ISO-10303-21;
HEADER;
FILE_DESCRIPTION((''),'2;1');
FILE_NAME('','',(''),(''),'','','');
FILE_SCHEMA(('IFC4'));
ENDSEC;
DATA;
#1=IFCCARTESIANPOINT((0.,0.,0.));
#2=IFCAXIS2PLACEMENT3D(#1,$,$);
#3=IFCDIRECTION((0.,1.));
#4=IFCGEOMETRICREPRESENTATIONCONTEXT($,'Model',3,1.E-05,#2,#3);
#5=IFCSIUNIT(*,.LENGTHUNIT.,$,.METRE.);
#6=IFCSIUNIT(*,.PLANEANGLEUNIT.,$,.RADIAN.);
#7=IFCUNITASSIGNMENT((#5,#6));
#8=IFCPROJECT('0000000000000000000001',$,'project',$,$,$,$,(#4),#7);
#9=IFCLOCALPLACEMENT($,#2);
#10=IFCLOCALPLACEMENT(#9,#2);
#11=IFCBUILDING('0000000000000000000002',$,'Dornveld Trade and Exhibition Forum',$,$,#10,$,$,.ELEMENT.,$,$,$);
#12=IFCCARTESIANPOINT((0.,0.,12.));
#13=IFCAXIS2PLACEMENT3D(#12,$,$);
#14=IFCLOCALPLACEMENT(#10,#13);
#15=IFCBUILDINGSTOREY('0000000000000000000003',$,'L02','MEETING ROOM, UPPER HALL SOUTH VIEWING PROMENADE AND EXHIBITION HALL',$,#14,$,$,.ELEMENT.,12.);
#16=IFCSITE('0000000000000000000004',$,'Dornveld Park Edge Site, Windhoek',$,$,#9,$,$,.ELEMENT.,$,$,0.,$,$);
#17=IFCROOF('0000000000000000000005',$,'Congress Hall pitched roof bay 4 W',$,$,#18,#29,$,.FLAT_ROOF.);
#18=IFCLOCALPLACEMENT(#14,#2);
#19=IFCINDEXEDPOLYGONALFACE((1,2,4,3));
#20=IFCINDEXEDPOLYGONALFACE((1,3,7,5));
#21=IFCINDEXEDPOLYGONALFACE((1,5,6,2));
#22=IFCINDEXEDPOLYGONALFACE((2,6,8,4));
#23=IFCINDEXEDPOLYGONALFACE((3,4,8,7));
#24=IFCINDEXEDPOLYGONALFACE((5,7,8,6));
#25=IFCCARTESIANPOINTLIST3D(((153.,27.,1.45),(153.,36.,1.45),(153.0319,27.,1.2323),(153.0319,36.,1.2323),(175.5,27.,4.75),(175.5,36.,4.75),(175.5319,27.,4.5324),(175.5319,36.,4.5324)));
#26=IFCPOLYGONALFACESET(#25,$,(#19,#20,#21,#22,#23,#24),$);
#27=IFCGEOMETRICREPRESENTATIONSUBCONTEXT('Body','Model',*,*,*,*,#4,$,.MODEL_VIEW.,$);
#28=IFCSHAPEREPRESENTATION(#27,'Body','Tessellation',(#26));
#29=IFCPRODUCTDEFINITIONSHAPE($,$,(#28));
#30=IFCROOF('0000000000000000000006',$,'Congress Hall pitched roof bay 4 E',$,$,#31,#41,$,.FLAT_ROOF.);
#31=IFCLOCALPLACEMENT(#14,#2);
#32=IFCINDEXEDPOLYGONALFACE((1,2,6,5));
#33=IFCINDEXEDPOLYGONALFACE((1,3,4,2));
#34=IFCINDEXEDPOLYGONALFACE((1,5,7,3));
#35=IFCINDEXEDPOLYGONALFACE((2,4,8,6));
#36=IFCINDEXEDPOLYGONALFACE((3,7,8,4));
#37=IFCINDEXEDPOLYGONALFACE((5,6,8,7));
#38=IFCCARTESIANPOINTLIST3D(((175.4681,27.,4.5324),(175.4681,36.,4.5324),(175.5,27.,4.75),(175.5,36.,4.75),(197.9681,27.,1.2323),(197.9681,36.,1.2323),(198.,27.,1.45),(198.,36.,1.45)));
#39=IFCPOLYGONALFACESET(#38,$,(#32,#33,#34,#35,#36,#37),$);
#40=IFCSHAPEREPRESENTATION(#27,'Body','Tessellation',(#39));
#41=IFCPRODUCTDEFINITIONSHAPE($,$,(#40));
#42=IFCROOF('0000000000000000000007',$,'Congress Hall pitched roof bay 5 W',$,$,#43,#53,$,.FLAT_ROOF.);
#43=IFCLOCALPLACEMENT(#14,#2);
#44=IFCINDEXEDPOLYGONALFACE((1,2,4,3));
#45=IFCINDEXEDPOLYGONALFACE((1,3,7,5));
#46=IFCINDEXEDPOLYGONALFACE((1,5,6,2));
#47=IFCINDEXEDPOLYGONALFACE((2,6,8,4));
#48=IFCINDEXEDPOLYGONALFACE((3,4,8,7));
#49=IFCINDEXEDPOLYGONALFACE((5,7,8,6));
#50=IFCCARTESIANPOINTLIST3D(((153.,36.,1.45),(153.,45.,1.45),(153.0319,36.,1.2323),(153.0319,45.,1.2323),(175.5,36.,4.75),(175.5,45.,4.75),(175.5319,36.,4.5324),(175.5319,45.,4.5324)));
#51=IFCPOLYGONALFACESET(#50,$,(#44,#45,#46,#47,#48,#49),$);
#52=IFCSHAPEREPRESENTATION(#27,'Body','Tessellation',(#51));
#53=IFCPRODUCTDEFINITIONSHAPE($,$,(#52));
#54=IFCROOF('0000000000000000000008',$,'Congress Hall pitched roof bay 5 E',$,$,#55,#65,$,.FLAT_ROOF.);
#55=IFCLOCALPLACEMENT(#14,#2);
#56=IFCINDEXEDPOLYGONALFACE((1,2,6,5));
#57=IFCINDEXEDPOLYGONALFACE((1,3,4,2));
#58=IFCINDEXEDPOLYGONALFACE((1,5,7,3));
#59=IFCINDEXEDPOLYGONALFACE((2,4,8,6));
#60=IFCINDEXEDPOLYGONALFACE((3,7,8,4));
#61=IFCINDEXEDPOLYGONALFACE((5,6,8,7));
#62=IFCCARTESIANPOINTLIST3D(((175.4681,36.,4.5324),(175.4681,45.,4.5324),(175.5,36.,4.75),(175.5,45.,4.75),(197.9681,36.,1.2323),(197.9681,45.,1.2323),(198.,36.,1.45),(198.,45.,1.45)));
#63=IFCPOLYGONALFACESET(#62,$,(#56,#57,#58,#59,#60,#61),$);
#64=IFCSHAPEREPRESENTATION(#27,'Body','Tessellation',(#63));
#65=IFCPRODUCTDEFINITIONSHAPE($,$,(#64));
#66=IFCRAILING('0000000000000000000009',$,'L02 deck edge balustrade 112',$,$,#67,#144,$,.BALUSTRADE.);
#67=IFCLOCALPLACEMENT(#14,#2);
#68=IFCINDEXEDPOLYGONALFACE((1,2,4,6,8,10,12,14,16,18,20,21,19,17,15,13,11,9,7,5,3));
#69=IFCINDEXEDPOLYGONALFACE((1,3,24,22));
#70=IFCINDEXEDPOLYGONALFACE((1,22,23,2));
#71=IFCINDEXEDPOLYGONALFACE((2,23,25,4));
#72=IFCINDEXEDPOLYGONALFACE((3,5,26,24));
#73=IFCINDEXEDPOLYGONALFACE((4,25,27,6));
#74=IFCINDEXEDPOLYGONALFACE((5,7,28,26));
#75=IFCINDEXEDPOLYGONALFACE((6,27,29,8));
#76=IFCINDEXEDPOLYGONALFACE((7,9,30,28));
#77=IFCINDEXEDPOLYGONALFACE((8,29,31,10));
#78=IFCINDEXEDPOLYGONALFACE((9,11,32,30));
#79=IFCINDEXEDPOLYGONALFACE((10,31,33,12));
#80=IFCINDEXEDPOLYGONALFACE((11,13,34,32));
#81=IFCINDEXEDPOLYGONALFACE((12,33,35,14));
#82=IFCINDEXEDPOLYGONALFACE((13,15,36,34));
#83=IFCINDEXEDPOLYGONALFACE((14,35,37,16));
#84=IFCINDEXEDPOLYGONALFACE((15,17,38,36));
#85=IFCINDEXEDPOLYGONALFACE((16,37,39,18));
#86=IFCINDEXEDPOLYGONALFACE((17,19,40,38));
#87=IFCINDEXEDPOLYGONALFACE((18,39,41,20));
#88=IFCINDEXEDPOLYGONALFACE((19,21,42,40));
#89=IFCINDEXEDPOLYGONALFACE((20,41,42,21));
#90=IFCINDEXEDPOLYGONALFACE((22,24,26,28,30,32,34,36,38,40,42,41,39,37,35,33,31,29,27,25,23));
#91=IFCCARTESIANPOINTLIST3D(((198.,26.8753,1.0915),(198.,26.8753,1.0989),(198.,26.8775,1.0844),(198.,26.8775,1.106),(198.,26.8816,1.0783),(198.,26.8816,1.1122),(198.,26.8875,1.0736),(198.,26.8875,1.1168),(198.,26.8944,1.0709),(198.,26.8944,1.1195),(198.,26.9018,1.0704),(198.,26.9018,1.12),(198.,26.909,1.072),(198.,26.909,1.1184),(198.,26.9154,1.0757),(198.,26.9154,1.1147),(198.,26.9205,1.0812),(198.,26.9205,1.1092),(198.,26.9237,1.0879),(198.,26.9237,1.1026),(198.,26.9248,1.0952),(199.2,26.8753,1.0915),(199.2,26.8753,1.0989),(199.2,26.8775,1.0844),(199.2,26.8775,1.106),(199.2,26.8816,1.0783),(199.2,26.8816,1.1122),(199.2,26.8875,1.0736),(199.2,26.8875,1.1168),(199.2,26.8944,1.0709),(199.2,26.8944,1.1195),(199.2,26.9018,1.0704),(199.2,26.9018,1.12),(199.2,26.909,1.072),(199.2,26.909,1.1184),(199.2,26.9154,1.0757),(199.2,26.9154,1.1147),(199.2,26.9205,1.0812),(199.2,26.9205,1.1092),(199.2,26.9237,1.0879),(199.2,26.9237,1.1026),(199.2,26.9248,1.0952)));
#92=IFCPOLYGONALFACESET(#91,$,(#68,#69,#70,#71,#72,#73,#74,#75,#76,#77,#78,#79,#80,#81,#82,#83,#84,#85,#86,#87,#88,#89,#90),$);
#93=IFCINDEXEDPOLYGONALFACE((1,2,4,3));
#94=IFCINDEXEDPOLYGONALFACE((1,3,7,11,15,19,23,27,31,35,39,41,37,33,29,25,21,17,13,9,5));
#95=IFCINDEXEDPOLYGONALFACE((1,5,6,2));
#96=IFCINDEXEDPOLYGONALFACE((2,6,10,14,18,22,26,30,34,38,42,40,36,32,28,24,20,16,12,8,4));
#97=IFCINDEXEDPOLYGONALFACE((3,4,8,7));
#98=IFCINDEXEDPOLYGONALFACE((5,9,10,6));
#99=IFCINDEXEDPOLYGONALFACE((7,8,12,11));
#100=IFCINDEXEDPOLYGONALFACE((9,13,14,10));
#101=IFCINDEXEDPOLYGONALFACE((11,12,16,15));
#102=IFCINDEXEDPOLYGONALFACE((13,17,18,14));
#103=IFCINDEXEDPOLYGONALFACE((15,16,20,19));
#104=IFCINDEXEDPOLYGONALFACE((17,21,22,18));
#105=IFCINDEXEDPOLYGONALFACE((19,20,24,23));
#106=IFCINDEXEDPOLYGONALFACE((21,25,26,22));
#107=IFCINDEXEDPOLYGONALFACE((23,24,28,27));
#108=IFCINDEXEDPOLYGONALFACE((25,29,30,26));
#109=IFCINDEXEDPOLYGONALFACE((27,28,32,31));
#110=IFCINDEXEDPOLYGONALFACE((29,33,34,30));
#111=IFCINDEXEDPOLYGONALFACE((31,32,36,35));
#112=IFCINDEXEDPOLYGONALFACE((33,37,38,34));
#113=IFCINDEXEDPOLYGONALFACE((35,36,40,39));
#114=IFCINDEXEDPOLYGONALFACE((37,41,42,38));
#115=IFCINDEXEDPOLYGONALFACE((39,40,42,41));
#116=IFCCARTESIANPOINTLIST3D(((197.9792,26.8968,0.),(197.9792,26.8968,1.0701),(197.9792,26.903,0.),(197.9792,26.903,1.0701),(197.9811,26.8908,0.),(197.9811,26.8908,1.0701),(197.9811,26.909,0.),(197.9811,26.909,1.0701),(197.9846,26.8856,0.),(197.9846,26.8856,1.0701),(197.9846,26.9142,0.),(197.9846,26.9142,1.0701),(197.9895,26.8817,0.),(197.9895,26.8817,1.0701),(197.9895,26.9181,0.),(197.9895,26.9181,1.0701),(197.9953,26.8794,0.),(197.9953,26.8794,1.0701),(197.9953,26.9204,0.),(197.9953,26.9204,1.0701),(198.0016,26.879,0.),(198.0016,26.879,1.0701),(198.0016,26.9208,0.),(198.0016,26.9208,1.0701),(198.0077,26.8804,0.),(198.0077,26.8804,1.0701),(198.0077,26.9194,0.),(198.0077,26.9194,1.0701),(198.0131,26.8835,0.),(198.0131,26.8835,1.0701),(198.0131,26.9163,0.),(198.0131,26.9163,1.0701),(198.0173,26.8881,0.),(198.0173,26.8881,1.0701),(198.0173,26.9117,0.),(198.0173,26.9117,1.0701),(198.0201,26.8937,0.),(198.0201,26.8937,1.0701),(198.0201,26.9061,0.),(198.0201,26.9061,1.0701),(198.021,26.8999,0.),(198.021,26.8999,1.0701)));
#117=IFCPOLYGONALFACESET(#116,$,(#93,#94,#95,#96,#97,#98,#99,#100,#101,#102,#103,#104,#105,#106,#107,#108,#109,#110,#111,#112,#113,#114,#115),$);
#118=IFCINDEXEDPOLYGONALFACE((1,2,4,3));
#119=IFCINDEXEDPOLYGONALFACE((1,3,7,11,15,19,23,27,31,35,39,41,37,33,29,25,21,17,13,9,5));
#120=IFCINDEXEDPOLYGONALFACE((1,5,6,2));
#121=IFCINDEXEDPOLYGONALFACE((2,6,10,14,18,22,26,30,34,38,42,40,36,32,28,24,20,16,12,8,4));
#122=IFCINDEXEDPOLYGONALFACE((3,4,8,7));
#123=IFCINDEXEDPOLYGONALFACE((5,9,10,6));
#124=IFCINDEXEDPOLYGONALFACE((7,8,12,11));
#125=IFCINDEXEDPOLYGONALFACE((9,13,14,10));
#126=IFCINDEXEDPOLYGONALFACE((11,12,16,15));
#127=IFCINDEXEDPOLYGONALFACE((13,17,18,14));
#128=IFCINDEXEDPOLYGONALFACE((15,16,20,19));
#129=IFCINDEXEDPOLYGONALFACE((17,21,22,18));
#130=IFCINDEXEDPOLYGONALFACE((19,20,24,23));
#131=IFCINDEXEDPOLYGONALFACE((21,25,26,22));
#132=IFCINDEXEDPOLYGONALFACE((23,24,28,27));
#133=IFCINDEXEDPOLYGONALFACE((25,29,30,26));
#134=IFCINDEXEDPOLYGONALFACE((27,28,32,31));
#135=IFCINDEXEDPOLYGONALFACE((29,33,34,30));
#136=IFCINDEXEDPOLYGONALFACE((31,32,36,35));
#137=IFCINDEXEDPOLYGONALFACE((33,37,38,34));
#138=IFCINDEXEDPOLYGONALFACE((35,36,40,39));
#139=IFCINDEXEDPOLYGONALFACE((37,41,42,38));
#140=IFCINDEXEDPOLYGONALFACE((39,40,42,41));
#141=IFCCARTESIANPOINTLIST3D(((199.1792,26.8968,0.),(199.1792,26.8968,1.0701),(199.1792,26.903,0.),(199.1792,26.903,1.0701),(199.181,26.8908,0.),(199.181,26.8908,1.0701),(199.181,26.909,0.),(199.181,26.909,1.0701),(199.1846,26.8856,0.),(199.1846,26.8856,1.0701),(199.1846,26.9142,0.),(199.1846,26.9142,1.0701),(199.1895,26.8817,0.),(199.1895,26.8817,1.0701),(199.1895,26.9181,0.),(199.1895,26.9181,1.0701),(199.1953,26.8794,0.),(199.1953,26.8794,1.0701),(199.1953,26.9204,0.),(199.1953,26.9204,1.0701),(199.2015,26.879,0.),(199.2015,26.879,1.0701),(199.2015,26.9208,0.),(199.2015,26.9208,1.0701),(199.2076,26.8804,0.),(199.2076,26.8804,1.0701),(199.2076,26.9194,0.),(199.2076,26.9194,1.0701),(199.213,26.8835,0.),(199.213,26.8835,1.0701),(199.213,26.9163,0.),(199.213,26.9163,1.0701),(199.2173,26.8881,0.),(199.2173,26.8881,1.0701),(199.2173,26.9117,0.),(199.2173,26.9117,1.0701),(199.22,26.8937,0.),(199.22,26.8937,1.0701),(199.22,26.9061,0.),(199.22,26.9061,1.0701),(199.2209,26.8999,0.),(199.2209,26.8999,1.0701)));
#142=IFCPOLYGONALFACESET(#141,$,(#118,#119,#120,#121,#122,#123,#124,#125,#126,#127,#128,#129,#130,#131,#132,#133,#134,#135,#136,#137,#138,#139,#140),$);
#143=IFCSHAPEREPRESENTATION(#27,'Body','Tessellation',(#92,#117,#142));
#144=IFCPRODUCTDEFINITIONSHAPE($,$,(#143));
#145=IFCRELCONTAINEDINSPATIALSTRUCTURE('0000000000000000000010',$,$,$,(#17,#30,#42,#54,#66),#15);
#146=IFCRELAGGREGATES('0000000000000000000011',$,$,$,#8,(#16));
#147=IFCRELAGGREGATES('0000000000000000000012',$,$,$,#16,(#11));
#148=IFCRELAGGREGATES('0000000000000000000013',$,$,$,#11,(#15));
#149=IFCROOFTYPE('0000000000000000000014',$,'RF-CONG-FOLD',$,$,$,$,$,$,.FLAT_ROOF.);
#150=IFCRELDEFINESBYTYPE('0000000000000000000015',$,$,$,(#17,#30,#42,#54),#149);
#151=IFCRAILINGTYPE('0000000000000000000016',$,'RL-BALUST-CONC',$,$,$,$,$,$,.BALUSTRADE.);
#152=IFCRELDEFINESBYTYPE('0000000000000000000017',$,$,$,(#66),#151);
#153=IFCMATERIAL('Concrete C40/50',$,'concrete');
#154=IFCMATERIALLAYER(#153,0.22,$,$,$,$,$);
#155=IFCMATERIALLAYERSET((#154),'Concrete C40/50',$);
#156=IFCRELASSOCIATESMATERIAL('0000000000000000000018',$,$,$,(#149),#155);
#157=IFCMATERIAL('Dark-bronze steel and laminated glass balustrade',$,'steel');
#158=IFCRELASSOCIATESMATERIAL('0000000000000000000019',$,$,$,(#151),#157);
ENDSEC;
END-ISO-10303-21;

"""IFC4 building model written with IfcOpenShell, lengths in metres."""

from ifc_helpers import new_model, si_unit, direction, frame, origin, origin_2d, place, context, subcontext, project, spatial, polyline, circle, outline, extrude, material, layer, layer_set, type_object, element, save


model = new_model("IFC4")

# Units and contexts
model_context = context("Model", 3, precision=1e-05, world=origin(), true_north=direction((0.0, 1.0)))
body_context = subcontext(model_context, "Body", "Model", "MODEL_VIEW")
ifc_project = project(units=[si_unit("LENGTHUNIT", "METRE"), si_unit("PLANEANGLEUNIT", "RADIAN")], contexts=[model_context])

# Site, building, storey
site_placement = place(None, origin())
site = spatial("IfcSite", under=ifc_project, at=site_placement, Name="Dornveld Park Edge Site, Windhoek", CompositionType="ELEMENT", RefElevation=0.0)
building_placement = place(site_placement, origin())
building = spatial("IfcBuilding", under=site, at=building_placement, Name="Dornveld Trade and Exhibition Forum", CompositionType="ELEMENT")
storey_placement = place(building_placement, frame((0.0, 0.0, 12.0)))
storey = spatial("IfcBuildingStorey", under=building, at=storey_placement, Name="L02", Description="MEETING ROOM, UPPER HALL SOUTH VIEWING PROMENADE AND EXHIBITION HALL", CompositionType="ELEMENT", Elevation=12.0)

# Roofs
ifc_material_1 = material(Name="Concrete C40/50", Category="concrete")
ifc_layer = layer(ifc_material_1, 0.22)
ifc_layer_set = layer_set([ifc_layer], Name="Concrete C40/50")
roof_type = type_object("IfcRoofType", Name="RF-CONG-FOLD", PredefinedType="FLAT_ROOF", material=ifc_layer_set)
for number, where, z_axis, x_axis, name in (
    (1, (153.0, 27.0, 1.45), (-0.145116, 0.0, 0.989415), (0.989415, 0.0, 0.145116), "Congress Hall pitched roof bay 4 W"),
    (2, (175.5, 27.0, 4.75), (0.145116, 0.0, 0.989415), (0.989415, 0.0, -0.145116), "Congress Hall pitched roof bay 4 E"),
    (3, (153.0, 36.0, 1.45), (-0.145116, 0.0, 0.989415), (0.989415, 0.0, 0.145116), "Congress Hall pitched roof bay 5 W"),
    (4, (175.5, 36.0, 4.75), (0.145116, 0.0, 0.989415), (0.989415, 0.0, -0.145116), "Congress Hall pitched roof bay 5 E"),
):
    element("IfcRoof", number, at=place(storey_placement, frame(where, z_axis=z_axis, x_axis=x_axis)), inside=storey, type_object=roof_type, Name=name, PredefinedType="FLAT_ROOF", context=body_context, shape_type="SweptSolid", body=[
        extrude(outline(polyline([(0.0, 0.0), (22.7407, 0.0), (22.7407, 9.0), (0.0, 9.0), (0.0, 0.0)])), origin(), (0.0, 0.0, -1.0), 0.22),
    ])

# Railing
ifc_material_2 = material(Name="Dark-bronze steel and laminated glass balustrade", Category="steel")
railing_type = type_object("IfcRailingType", Name="RL-BALUST-CONC", PredefinedType="BALUSTRADE", material=ifc_material_2)
railing_1_placement = place(storey_placement, frame((198.0, 26.8999, 0.0)))
element("IfcRailing", 5, at=railing_1_placement, inside=storey, type_object=railing_type, Name="L02 deck edge balustrade 112", PredefinedType="BALUSTRADE", context=body_context, shape_type="SweptSolid", body=[
    extrude(circle(Radius=0.0249, at=origin_2d()), frame((0.0, 0.0, 1.0952), z_axis=(1.0, 0.0, 0.0), x_axis=(0.0, 1.0, 0.0)), (0.0, 0.0, 1.0), 1.2),
    extrude(circle(Radius=0.021, at=origin_2d()), origin(), (0.0, 0.0, 1.0), 1.0701),
    extrude(circle(Radius=0.021, at=origin_2d()), frame((1.2, 0.0, 0.0)), (0.0, 0.0, 1.0), 1.0701),
])

save(model, "model.ifc")
